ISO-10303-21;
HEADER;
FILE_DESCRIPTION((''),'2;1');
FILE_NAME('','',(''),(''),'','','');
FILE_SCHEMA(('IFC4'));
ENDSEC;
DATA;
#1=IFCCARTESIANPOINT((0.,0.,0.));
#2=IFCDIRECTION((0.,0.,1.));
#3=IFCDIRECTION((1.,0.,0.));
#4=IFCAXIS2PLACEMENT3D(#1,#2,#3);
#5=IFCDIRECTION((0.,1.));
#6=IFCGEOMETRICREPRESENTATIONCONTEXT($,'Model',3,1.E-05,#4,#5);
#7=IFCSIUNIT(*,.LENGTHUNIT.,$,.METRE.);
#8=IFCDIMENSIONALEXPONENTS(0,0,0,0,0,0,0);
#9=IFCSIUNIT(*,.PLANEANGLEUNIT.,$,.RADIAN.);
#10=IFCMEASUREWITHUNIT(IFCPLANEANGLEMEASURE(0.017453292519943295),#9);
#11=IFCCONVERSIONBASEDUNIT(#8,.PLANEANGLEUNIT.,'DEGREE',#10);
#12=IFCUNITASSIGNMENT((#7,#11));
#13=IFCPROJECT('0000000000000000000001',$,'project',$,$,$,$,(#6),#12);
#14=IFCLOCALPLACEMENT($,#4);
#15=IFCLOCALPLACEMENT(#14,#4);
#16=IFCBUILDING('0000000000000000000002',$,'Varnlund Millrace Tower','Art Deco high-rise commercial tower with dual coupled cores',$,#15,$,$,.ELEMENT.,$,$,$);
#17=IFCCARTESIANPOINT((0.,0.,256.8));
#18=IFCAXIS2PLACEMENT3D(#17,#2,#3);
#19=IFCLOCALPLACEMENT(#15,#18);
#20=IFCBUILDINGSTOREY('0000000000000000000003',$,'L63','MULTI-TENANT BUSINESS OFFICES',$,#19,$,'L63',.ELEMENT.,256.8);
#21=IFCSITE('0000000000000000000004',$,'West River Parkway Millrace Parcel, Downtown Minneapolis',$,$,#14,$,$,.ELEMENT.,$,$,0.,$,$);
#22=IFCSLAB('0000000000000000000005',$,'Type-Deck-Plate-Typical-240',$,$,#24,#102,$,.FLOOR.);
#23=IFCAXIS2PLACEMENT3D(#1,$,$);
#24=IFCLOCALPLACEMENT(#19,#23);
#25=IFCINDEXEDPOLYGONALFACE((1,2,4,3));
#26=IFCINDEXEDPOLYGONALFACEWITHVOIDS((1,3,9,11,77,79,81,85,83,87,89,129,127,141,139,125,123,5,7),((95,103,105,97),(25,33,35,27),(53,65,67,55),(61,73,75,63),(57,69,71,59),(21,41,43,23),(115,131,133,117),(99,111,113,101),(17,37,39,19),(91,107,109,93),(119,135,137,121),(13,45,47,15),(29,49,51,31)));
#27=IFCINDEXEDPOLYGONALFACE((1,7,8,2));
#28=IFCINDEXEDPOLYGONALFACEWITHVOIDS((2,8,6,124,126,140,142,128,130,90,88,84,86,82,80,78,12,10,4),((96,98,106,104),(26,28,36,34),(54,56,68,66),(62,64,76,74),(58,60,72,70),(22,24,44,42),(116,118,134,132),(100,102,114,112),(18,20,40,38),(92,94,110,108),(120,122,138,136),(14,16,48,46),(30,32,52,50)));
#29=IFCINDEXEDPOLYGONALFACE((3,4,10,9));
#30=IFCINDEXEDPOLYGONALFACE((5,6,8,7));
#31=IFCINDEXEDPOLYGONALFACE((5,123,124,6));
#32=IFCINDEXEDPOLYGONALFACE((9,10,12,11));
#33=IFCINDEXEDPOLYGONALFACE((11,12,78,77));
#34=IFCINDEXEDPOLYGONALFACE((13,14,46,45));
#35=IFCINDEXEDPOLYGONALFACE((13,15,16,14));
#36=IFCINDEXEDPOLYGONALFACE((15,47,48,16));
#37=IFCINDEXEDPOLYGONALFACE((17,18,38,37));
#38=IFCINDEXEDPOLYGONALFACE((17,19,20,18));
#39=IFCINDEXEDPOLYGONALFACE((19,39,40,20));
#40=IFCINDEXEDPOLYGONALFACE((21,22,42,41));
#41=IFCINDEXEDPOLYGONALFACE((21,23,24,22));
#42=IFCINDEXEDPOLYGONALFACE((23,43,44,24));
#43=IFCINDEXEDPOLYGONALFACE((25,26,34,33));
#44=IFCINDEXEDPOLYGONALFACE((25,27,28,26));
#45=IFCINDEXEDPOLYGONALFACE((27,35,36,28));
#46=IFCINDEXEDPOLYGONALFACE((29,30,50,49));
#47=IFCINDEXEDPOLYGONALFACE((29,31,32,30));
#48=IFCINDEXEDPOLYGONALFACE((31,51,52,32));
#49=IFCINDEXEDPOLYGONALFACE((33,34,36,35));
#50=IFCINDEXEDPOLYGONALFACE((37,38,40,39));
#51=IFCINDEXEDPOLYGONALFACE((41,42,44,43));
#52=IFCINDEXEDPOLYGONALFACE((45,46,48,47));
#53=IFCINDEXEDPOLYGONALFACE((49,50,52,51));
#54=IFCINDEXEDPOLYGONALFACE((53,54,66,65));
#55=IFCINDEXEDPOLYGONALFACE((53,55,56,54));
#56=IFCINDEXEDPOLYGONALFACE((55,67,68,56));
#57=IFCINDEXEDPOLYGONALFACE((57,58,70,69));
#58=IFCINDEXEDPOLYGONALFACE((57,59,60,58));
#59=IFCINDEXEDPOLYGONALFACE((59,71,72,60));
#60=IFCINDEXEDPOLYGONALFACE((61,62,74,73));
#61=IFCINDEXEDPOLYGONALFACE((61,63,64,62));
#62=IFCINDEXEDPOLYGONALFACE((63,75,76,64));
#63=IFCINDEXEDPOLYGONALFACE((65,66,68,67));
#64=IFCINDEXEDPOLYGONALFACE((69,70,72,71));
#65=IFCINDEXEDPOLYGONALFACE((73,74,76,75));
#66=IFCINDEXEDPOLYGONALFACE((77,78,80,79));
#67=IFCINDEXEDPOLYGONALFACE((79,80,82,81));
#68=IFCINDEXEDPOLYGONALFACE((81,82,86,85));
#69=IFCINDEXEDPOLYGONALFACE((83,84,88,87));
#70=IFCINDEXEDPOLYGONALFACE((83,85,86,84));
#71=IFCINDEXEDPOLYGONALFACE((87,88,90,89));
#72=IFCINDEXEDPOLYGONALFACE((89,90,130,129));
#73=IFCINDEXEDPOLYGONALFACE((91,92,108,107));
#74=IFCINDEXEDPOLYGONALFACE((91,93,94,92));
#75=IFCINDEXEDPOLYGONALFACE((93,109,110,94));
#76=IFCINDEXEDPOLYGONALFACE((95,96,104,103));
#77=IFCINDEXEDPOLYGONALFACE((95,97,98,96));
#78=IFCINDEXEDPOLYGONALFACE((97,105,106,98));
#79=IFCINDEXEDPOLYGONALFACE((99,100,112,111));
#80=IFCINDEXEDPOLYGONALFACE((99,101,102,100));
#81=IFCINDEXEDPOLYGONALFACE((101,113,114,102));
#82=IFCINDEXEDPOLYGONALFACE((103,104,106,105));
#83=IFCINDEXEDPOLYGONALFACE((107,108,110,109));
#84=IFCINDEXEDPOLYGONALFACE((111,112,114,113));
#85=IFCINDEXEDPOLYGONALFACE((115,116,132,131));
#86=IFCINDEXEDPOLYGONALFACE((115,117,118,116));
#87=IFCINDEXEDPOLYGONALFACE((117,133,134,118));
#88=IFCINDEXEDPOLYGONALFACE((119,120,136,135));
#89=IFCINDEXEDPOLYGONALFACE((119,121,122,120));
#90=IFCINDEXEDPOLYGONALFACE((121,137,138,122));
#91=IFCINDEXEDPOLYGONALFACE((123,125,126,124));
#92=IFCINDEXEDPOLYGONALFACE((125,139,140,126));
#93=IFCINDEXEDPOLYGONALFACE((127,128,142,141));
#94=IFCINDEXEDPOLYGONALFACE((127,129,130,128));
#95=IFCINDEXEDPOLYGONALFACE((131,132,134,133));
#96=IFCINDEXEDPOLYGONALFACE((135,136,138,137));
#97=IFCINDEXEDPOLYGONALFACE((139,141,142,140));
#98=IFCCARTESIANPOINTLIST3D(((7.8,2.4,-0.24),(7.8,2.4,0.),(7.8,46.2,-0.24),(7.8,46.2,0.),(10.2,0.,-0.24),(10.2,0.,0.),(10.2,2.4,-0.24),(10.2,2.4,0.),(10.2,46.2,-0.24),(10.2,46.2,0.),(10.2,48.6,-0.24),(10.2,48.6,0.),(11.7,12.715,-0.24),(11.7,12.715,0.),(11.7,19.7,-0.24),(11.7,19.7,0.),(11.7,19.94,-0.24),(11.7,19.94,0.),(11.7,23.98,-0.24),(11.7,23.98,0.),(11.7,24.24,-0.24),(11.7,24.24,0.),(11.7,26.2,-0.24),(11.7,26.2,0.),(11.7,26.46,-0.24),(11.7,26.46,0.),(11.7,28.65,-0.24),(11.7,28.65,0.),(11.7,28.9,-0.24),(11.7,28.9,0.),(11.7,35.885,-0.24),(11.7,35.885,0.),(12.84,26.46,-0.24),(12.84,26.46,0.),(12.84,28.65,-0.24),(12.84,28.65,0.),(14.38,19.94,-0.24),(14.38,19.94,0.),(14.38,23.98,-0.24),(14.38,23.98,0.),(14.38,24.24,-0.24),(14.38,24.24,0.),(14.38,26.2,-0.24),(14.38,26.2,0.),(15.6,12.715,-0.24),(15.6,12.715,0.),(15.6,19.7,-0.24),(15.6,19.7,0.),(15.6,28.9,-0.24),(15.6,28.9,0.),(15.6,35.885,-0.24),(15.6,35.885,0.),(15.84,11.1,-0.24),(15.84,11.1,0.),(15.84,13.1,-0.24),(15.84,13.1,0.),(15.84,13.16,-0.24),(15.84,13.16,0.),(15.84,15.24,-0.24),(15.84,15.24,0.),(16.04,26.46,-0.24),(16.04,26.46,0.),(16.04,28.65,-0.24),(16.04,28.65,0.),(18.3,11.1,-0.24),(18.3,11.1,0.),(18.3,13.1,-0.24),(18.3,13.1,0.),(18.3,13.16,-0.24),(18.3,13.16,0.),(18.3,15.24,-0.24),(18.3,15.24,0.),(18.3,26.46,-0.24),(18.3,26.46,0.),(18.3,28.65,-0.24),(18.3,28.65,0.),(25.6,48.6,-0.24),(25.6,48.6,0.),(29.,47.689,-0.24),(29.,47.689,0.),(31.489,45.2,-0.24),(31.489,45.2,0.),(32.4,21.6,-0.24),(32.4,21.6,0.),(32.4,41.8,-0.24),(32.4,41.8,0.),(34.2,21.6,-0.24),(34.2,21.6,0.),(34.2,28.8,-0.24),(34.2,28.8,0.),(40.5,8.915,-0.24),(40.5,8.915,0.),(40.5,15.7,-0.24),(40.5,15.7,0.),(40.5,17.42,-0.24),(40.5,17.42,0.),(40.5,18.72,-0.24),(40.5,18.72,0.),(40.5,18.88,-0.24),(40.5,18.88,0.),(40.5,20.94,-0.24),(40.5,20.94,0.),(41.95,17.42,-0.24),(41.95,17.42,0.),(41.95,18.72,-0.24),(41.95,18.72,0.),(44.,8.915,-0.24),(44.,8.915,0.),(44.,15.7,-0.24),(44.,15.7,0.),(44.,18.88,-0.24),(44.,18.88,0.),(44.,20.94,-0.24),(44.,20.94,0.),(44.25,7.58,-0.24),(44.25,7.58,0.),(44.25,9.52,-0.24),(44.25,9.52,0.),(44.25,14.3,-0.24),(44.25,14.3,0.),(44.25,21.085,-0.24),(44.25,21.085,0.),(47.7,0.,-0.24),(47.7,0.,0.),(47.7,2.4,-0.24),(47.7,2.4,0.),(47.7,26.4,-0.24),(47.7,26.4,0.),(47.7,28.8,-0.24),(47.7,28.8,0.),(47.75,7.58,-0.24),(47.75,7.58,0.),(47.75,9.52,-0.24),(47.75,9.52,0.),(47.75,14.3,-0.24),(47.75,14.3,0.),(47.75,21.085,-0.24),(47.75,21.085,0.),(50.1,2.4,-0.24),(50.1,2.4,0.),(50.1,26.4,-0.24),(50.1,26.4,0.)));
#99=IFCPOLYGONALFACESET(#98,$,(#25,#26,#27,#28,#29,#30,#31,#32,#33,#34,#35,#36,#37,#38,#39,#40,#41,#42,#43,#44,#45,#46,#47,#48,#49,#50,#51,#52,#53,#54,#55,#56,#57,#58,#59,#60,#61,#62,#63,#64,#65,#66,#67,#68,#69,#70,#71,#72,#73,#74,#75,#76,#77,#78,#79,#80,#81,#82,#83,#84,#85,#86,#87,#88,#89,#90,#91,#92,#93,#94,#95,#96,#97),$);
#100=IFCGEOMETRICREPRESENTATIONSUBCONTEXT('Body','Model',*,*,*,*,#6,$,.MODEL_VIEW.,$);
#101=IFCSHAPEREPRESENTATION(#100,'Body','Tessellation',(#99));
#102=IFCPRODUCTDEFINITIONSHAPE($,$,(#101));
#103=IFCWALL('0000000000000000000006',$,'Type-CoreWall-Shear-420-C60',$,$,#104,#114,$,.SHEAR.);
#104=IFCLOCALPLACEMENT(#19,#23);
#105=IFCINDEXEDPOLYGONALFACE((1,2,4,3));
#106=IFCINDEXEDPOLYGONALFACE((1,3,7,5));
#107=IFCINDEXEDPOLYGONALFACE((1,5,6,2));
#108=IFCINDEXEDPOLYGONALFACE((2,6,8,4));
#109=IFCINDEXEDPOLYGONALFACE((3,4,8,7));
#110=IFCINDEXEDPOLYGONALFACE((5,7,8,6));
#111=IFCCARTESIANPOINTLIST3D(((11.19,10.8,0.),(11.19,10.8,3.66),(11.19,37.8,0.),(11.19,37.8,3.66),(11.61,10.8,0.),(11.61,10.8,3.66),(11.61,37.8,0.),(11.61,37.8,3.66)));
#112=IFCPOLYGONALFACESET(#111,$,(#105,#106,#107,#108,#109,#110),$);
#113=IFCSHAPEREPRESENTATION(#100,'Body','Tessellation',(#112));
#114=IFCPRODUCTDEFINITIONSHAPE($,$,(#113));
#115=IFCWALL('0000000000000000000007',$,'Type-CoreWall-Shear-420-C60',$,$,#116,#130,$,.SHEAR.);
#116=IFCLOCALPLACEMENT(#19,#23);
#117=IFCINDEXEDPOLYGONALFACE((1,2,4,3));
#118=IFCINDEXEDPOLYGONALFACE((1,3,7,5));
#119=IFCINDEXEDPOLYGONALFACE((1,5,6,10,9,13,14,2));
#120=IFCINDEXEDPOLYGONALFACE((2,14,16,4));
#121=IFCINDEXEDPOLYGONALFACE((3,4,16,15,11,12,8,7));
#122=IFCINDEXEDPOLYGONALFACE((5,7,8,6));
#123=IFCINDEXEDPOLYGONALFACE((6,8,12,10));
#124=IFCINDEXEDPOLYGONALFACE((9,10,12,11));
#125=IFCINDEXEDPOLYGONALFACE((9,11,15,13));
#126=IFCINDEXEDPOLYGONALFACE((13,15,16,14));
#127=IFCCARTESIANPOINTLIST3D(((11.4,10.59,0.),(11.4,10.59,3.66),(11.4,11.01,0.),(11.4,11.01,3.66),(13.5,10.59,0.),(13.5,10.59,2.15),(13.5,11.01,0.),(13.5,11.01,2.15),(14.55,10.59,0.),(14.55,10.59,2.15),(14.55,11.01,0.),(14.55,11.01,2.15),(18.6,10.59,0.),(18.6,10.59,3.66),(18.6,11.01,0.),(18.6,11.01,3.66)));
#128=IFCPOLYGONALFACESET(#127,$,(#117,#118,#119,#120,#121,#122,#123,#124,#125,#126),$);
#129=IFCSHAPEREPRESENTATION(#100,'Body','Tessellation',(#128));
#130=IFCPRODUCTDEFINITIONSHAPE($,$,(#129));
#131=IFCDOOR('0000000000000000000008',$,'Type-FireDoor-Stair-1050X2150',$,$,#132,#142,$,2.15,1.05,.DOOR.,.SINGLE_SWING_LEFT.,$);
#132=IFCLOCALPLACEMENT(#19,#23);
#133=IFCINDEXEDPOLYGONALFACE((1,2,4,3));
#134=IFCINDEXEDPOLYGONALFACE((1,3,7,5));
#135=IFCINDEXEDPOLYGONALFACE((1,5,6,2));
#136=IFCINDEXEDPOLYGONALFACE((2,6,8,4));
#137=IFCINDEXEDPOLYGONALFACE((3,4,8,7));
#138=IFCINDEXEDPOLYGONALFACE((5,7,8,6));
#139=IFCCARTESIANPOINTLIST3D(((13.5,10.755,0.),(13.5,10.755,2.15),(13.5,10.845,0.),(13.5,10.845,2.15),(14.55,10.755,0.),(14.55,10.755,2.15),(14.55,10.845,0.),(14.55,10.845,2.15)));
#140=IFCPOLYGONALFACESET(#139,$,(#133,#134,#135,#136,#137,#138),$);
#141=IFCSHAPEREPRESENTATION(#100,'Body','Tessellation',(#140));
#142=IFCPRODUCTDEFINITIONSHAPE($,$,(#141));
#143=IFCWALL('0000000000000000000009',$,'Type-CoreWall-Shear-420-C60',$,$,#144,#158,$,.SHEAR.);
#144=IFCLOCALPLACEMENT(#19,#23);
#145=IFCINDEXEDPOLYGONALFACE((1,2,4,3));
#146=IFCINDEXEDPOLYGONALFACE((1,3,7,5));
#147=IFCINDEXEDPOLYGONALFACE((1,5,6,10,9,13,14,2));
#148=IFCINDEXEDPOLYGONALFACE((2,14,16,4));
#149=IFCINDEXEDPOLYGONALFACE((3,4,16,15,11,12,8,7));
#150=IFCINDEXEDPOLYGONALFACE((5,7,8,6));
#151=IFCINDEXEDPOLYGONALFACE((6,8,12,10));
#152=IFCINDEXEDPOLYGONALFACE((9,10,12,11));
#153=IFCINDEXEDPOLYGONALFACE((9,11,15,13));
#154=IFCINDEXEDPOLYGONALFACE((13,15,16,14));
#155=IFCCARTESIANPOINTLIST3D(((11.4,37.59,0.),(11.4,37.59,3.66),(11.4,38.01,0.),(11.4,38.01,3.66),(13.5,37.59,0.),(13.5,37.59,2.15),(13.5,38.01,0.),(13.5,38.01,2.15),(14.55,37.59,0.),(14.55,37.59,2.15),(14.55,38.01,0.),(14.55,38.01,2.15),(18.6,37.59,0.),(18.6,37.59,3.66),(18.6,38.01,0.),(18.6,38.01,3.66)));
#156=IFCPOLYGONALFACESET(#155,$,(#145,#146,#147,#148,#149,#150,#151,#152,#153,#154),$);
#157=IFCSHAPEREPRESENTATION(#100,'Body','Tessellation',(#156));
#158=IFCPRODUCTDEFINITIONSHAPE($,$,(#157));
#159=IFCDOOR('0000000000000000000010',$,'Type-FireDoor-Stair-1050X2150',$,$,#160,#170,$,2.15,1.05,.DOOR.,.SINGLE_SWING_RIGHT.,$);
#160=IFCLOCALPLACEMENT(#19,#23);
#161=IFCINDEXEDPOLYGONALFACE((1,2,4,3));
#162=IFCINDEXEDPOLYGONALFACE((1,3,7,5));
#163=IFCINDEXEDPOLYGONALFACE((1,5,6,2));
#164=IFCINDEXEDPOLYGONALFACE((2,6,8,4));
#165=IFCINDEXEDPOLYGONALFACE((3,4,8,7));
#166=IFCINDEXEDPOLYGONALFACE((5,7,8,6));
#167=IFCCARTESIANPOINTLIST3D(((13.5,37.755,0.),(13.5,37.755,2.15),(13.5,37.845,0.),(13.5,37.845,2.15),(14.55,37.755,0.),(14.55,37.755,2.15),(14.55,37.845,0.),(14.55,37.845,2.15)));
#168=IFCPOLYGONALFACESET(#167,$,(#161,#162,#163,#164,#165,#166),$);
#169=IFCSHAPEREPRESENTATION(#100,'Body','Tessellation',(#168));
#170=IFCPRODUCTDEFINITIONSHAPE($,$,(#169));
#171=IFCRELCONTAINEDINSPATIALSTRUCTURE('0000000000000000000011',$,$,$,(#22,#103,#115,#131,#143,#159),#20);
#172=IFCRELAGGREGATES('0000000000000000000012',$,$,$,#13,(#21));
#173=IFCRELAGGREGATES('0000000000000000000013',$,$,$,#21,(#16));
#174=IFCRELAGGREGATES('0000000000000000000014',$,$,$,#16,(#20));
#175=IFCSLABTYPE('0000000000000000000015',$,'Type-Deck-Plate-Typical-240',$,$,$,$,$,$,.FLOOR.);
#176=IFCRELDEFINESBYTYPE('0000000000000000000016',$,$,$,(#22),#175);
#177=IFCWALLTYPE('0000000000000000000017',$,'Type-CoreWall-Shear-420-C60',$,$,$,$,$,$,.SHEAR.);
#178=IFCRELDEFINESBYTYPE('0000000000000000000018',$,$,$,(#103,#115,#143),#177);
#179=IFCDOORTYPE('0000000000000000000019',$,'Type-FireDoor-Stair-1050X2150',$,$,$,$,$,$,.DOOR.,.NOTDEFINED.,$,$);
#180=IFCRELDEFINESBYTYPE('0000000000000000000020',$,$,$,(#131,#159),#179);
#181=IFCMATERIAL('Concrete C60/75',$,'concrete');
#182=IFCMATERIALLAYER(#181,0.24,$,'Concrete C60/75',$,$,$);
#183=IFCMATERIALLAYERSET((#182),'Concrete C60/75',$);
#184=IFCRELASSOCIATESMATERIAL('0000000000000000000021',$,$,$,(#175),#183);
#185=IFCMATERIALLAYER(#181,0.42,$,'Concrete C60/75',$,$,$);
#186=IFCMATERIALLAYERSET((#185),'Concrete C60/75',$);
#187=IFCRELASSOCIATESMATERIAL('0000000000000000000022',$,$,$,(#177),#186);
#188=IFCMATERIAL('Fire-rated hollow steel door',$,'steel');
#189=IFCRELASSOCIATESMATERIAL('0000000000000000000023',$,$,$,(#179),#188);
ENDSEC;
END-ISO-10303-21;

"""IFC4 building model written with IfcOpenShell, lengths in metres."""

from ifc_helpers import new_model, entity, si_unit, converted_unit, direction, frame, origin_with_axes, origin_2d_with_axis, place, context, subcontext, project, spatial, polyline, rectangle, outline, extrude, material, layer, layer_set, type_object, element, fill, save


model = new_model("IFC4")

# Units and contexts
model_context = context("Model", 3, precision=1e-05, world=origin_with_axes(), true_north=direction((0.0, 1.0)))
body_context = subcontext(model_context, "Body", "Model", "MODEL_VIEW")
ifc_project = project(units=[si_unit("LENGTHUNIT", "METRE"), converted_unit("PLANEANGLEUNIT", "DEGREE", entity("IfcPlaneAngleMeasure", 0.017453292519943295), si_unit("PLANEANGLEUNIT", "RADIAN"), dimensions=[0, 0, 0, 0, 0, 0, 0])], contexts=[model_context])

# Site, building, storey
site_placement = place(None, origin_with_axes())
site = spatial("IfcSite", under=ifc_project, at=site_placement, Name="West River Parkway Millrace Parcel, Downtown Minneapolis", CompositionType="ELEMENT", RefElevation=0.0)
building_placement = place(site_placement, origin_with_axes())
building = spatial("IfcBuilding", under=site, at=building_placement, Name="Varnlund Millrace Tower", Description="Art Deco high-rise commercial tower with dual coupled cores", CompositionType="ELEMENT")
storey_placement = place(building_placement, frame((0.0, 0.0, 256.8), z_axis=(0.0, 0.0, 1.0), x_axis=(1.0, 0.0, 0.0)))
storey = spatial("IfcBuildingStorey", under=building, at=storey_placement, Name="L63", Description="MULTI-TENANT BUSINESS OFFICES", LongName="L63", CompositionType="ELEMENT", Elevation=256.8)

# Slab
ifc_material_1 = material(Name="Concrete C60/75", Category="concrete")
ifc_layer_1 = layer(ifc_material_1, 0.24, Name="Concrete C60/75")
ifc_layer_set_1 = layer_set([ifc_layer_1], Name="Concrete C60/75")
slab_type = type_object("IfcSlabType", Name="Type-Deck-Plate-Typical-240", PredefinedType="FLOOR", material=ifc_layer_set_1)
slab_placement = place(storey_placement, frame((0.0, 0.0, -0.24), z_axis=(0.0, 0.0, 1.0), x_axis=(1.0, 0.0, 0.0)))
element("IfcSlab", 1, at=slab_placement, inside=storey, type_object=slab_type, Name="Type-Deck-Plate-Typical-240", PredefinedType="FLOOR", context=body_context, shape_type="SweptSolid", body=[
    extrude(outline(polyline([(32.4, 21.6), (32.4, 41.8), (31.489, 45.2), (29.0, 47.689), (25.6, 48.6), (10.2, 48.6), (10.2, 46.2), (7.8, 46.2), (7.8, 2.4), (10.2, 2.4), (10.2, 0.0), (47.7, 0.0), (47.7, 2.4), (50.1, 2.4), (50.1, 26.4), (47.7, 26.4), (47.7, 28.8), (34.2, 28.8), (34.2, 21.6), (32.4, 21.6)]), holes=[polyline([(18.3, 13.1), (18.3, 11.1), (15.84, 11.1), (15.84, 13.1), (18.3, 13.1)]), polyline([(15.6, 12.715), (11.7, 12.715), (11.7, 19.7), (15.6, 19.7), (15.6, 12.715)]), polyline([(11.7, 19.94), (11.7, 23.98), (14.38, 23.98), (14.38, 19.94), (11.7, 19.94)]), polyline([(14.38, 24.24), (11.7, 24.24), (11.7, 26.2), (14.38, 26.2), (14.38, 24.24)]), polyline([(12.84, 26.46), (11.7, 26.46), (11.7, 28.65), (12.84, 28.65), (12.84, 26.46)]), polyline([(15.6, 28.9), (11.7, 28.9), (11.7, 35.885), (15.6, 35.885), (15.6, 28.9)]), polyline([(47.75, 9.52), (47.75, 7.58), (44.25, 7.58), (44.25, 9.52), (47.75, 9.52)]), polyline([(44.0, 8.915), (40.5, 8.915), (40.5, 15.7), (44.0, 15.7), (44.0, 8.915)]), polyline([(18.3, 13.16), (15.84, 13.16), (15.84, 15.24), (18.3, 15.24), (18.3, 13.16)]), polyline([(47.75, 14.3), (44.25, 14.3), (44.25, 21.085), (47.75, 21.085), (47.75, 14.3)]), polyline([(41.95, 17.42), (40.5, 17.42), (40.5, 18.72), (41.95, 18.72), (41.95, 17.42)]), polyline([(44.0, 18.88), (40.5, 18.88), (40.5, 20.94), (44.0, 20.94), (44.0, 18.88)]), polyline([(18.3, 26.46), (16.04, 26.46), (16.04, 28.65), (18.3, 28.65), (18.3, 26.46)])]), origin_with_axes(), (0.0, 0.0, 1.0), 0.24),
])

# Wall
ifc_layer_2 = layer(ifc_material_1, 0.42, Name="Concrete C60/75")
ifc_layer_set_2 = layer_set([ifc_layer_2], Name="Concrete C60/75")
wall_type_1 = type_object("IfcWallType", Name="Type-CoreWall-Shear-420-C60", PredefinedType="SHEAR", material=ifc_layer_set_2)
wall_1_placement = place(storey_placement, frame((11.4, 10.8, 0.0), z_axis=(0.0, 0.0, 1.0), x_axis=(0.0, 1.0, 0.0)))
element("IfcWall", 2, at=wall_1_placement, inside=storey, type_object=wall_type_1, Name="Type-CoreWall-Shear-420-C60", PredefinedType="SHEAR", context=body_context, shape_type="SweptSolid", body=[
    extrude(outline(polyline([(0.0, -0.21), (27.0, -0.21), (27.0, 0.21), (0.0, 0.21), (0.0, -0.21)])), origin_with_axes(), (0.0, 0.0, 1.0), 3.66),
])

# Walls, openings, doors
wall_2_placement = place(storey_placement, frame((11.4, 10.8, 0.0), z_axis=(0.0, 0.0, 1.0), x_axis=(1.0, 0.0, 0.0)))
wall_2 = element("IfcWall", 3, at=wall_2_placement, inside=storey, type_object=wall_type_1, Name="Type-CoreWall-Shear-420-C60", PredefinedType="SHEAR", context=body_context, shape_type="SweptSolid", body=[
    extrude(outline(polyline([(0.0, -0.21), (7.2, -0.21), (7.2, 0.21), (0.0, 0.21), (0.0, -0.21)])), origin_with_axes(), (0.0, 0.0, 1.0), 3.66),
])
opening_1_placement = place(wall_2_placement, frame((2.625, 0.0, 0.0), z_axis=(0.0, 0.0, 1.0), x_axis=(1.0, 0.0, 0.0)))
opening_1 = element("IfcOpeningElement", 4, at=opening_1_placement, cuts=wall_2, PredefinedType="OPENING", context=body_context, shape_type="SweptSolid", body=[
    extrude(rectangle(XDim=1.05, YDim=0.44, at=origin_2d_with_axis()), origin_with_axes(), (0.0, 0.0, 1.0), 2.15),
])
ifc_material_2 = material(Name="Fire-rated hollow steel door", Category="steel")
door_type_1 = type_object("IfcDoorType", Name="Type-FireDoor-Stair-1050X2150", OperationType="NOTDEFINED", PredefinedType="DOOR", material=ifc_material_2)
door_1_placement = place(wall_2_placement, frame((2.625, 0.0, 0.0), z_axis=(0.0, 0.0, 1.0), x_axis=(1.0, 0.0, 0.0)))
door_1 = element("IfcDoor", 5, at=door_1_placement, inside=storey, type_object=door_type_1, Name="Type-FireDoor-Stair-1050X2150", OperationType="SINGLE_SWING_LEFT", OverallHeight=2.15, OverallWidth=1.05, PredefinedType="DOOR", context=body_context, shape_type="SweptSolid", body=[
    extrude(rectangle(XDim=1.05, YDim=0.09, at=origin_2d_with_axis()), origin_with_axes(), (0.0, 0.0, 1.0), 2.15),
])
fill(opening_1, door_1)
wall_3_placement = place(storey_placement, frame((11.4, 37.8, 0.0), z_axis=(0.0, 0.0, 1.0), x_axis=(1.0, 0.0, 0.0)))
wall_3 = element("IfcWall", 6, at=wall_3_placement, inside=storey, type_object=wall_type_1, Name="Type-CoreWall-Shear-420-C60", PredefinedType="SHEAR", context=body_context, shape_type="SweptSolid", body=[
    extrude(outline(polyline([(0.0, -0.21), (7.2, -0.21), (7.2, 0.21), (0.0, 0.21), (0.0, -0.21)])), origin_with_axes(), (0.0, 0.0, 1.0), 3.66),
])
opening_2_placement = place(wall_3_placement, frame((2.625, 0.0, 0.0), z_axis=(0.0, 0.0, 1.0), x_axis=(1.0, 0.0, 0.0)))
opening_2 = element("IfcOpeningElement", 7, at=opening_2_placement, cuts=wall_3, PredefinedType="OPENING", context=body_context, shape_type="SweptSolid", body=[
    extrude(rectangle(XDim=1.05, YDim=0.44, at=origin_2d_with_axis()), origin_with_axes(), (0.0, 0.0, 1.0), 2.15),
])
door_2_placement = place(wall_3_placement, frame((2.625, 0.0, 0.0), z_axis=(0.0, 0.0, 1.0), x_axis=(1.0, 0.0, 0.0)))
door_2 = element("IfcDoor", 8, at=door_2_placement, inside=storey, type_object=door_type_1, Name="Type-FireDoor-Stair-1050X2150", OperationType="SINGLE_SWING_RIGHT", OverallHeight=2.15, OverallWidth=1.05, PredefinedType="DOOR", context=body_context, shape_type="SweptSolid", body=[
    extrude(rectangle(XDim=1.05, YDim=0.09, at=origin_2d_with_axis()), origin_with_axes(), (0.0, 0.0, 1.0), 2.15),
])
fill(opening_2, door_2)

save(model, "model.ifc")
